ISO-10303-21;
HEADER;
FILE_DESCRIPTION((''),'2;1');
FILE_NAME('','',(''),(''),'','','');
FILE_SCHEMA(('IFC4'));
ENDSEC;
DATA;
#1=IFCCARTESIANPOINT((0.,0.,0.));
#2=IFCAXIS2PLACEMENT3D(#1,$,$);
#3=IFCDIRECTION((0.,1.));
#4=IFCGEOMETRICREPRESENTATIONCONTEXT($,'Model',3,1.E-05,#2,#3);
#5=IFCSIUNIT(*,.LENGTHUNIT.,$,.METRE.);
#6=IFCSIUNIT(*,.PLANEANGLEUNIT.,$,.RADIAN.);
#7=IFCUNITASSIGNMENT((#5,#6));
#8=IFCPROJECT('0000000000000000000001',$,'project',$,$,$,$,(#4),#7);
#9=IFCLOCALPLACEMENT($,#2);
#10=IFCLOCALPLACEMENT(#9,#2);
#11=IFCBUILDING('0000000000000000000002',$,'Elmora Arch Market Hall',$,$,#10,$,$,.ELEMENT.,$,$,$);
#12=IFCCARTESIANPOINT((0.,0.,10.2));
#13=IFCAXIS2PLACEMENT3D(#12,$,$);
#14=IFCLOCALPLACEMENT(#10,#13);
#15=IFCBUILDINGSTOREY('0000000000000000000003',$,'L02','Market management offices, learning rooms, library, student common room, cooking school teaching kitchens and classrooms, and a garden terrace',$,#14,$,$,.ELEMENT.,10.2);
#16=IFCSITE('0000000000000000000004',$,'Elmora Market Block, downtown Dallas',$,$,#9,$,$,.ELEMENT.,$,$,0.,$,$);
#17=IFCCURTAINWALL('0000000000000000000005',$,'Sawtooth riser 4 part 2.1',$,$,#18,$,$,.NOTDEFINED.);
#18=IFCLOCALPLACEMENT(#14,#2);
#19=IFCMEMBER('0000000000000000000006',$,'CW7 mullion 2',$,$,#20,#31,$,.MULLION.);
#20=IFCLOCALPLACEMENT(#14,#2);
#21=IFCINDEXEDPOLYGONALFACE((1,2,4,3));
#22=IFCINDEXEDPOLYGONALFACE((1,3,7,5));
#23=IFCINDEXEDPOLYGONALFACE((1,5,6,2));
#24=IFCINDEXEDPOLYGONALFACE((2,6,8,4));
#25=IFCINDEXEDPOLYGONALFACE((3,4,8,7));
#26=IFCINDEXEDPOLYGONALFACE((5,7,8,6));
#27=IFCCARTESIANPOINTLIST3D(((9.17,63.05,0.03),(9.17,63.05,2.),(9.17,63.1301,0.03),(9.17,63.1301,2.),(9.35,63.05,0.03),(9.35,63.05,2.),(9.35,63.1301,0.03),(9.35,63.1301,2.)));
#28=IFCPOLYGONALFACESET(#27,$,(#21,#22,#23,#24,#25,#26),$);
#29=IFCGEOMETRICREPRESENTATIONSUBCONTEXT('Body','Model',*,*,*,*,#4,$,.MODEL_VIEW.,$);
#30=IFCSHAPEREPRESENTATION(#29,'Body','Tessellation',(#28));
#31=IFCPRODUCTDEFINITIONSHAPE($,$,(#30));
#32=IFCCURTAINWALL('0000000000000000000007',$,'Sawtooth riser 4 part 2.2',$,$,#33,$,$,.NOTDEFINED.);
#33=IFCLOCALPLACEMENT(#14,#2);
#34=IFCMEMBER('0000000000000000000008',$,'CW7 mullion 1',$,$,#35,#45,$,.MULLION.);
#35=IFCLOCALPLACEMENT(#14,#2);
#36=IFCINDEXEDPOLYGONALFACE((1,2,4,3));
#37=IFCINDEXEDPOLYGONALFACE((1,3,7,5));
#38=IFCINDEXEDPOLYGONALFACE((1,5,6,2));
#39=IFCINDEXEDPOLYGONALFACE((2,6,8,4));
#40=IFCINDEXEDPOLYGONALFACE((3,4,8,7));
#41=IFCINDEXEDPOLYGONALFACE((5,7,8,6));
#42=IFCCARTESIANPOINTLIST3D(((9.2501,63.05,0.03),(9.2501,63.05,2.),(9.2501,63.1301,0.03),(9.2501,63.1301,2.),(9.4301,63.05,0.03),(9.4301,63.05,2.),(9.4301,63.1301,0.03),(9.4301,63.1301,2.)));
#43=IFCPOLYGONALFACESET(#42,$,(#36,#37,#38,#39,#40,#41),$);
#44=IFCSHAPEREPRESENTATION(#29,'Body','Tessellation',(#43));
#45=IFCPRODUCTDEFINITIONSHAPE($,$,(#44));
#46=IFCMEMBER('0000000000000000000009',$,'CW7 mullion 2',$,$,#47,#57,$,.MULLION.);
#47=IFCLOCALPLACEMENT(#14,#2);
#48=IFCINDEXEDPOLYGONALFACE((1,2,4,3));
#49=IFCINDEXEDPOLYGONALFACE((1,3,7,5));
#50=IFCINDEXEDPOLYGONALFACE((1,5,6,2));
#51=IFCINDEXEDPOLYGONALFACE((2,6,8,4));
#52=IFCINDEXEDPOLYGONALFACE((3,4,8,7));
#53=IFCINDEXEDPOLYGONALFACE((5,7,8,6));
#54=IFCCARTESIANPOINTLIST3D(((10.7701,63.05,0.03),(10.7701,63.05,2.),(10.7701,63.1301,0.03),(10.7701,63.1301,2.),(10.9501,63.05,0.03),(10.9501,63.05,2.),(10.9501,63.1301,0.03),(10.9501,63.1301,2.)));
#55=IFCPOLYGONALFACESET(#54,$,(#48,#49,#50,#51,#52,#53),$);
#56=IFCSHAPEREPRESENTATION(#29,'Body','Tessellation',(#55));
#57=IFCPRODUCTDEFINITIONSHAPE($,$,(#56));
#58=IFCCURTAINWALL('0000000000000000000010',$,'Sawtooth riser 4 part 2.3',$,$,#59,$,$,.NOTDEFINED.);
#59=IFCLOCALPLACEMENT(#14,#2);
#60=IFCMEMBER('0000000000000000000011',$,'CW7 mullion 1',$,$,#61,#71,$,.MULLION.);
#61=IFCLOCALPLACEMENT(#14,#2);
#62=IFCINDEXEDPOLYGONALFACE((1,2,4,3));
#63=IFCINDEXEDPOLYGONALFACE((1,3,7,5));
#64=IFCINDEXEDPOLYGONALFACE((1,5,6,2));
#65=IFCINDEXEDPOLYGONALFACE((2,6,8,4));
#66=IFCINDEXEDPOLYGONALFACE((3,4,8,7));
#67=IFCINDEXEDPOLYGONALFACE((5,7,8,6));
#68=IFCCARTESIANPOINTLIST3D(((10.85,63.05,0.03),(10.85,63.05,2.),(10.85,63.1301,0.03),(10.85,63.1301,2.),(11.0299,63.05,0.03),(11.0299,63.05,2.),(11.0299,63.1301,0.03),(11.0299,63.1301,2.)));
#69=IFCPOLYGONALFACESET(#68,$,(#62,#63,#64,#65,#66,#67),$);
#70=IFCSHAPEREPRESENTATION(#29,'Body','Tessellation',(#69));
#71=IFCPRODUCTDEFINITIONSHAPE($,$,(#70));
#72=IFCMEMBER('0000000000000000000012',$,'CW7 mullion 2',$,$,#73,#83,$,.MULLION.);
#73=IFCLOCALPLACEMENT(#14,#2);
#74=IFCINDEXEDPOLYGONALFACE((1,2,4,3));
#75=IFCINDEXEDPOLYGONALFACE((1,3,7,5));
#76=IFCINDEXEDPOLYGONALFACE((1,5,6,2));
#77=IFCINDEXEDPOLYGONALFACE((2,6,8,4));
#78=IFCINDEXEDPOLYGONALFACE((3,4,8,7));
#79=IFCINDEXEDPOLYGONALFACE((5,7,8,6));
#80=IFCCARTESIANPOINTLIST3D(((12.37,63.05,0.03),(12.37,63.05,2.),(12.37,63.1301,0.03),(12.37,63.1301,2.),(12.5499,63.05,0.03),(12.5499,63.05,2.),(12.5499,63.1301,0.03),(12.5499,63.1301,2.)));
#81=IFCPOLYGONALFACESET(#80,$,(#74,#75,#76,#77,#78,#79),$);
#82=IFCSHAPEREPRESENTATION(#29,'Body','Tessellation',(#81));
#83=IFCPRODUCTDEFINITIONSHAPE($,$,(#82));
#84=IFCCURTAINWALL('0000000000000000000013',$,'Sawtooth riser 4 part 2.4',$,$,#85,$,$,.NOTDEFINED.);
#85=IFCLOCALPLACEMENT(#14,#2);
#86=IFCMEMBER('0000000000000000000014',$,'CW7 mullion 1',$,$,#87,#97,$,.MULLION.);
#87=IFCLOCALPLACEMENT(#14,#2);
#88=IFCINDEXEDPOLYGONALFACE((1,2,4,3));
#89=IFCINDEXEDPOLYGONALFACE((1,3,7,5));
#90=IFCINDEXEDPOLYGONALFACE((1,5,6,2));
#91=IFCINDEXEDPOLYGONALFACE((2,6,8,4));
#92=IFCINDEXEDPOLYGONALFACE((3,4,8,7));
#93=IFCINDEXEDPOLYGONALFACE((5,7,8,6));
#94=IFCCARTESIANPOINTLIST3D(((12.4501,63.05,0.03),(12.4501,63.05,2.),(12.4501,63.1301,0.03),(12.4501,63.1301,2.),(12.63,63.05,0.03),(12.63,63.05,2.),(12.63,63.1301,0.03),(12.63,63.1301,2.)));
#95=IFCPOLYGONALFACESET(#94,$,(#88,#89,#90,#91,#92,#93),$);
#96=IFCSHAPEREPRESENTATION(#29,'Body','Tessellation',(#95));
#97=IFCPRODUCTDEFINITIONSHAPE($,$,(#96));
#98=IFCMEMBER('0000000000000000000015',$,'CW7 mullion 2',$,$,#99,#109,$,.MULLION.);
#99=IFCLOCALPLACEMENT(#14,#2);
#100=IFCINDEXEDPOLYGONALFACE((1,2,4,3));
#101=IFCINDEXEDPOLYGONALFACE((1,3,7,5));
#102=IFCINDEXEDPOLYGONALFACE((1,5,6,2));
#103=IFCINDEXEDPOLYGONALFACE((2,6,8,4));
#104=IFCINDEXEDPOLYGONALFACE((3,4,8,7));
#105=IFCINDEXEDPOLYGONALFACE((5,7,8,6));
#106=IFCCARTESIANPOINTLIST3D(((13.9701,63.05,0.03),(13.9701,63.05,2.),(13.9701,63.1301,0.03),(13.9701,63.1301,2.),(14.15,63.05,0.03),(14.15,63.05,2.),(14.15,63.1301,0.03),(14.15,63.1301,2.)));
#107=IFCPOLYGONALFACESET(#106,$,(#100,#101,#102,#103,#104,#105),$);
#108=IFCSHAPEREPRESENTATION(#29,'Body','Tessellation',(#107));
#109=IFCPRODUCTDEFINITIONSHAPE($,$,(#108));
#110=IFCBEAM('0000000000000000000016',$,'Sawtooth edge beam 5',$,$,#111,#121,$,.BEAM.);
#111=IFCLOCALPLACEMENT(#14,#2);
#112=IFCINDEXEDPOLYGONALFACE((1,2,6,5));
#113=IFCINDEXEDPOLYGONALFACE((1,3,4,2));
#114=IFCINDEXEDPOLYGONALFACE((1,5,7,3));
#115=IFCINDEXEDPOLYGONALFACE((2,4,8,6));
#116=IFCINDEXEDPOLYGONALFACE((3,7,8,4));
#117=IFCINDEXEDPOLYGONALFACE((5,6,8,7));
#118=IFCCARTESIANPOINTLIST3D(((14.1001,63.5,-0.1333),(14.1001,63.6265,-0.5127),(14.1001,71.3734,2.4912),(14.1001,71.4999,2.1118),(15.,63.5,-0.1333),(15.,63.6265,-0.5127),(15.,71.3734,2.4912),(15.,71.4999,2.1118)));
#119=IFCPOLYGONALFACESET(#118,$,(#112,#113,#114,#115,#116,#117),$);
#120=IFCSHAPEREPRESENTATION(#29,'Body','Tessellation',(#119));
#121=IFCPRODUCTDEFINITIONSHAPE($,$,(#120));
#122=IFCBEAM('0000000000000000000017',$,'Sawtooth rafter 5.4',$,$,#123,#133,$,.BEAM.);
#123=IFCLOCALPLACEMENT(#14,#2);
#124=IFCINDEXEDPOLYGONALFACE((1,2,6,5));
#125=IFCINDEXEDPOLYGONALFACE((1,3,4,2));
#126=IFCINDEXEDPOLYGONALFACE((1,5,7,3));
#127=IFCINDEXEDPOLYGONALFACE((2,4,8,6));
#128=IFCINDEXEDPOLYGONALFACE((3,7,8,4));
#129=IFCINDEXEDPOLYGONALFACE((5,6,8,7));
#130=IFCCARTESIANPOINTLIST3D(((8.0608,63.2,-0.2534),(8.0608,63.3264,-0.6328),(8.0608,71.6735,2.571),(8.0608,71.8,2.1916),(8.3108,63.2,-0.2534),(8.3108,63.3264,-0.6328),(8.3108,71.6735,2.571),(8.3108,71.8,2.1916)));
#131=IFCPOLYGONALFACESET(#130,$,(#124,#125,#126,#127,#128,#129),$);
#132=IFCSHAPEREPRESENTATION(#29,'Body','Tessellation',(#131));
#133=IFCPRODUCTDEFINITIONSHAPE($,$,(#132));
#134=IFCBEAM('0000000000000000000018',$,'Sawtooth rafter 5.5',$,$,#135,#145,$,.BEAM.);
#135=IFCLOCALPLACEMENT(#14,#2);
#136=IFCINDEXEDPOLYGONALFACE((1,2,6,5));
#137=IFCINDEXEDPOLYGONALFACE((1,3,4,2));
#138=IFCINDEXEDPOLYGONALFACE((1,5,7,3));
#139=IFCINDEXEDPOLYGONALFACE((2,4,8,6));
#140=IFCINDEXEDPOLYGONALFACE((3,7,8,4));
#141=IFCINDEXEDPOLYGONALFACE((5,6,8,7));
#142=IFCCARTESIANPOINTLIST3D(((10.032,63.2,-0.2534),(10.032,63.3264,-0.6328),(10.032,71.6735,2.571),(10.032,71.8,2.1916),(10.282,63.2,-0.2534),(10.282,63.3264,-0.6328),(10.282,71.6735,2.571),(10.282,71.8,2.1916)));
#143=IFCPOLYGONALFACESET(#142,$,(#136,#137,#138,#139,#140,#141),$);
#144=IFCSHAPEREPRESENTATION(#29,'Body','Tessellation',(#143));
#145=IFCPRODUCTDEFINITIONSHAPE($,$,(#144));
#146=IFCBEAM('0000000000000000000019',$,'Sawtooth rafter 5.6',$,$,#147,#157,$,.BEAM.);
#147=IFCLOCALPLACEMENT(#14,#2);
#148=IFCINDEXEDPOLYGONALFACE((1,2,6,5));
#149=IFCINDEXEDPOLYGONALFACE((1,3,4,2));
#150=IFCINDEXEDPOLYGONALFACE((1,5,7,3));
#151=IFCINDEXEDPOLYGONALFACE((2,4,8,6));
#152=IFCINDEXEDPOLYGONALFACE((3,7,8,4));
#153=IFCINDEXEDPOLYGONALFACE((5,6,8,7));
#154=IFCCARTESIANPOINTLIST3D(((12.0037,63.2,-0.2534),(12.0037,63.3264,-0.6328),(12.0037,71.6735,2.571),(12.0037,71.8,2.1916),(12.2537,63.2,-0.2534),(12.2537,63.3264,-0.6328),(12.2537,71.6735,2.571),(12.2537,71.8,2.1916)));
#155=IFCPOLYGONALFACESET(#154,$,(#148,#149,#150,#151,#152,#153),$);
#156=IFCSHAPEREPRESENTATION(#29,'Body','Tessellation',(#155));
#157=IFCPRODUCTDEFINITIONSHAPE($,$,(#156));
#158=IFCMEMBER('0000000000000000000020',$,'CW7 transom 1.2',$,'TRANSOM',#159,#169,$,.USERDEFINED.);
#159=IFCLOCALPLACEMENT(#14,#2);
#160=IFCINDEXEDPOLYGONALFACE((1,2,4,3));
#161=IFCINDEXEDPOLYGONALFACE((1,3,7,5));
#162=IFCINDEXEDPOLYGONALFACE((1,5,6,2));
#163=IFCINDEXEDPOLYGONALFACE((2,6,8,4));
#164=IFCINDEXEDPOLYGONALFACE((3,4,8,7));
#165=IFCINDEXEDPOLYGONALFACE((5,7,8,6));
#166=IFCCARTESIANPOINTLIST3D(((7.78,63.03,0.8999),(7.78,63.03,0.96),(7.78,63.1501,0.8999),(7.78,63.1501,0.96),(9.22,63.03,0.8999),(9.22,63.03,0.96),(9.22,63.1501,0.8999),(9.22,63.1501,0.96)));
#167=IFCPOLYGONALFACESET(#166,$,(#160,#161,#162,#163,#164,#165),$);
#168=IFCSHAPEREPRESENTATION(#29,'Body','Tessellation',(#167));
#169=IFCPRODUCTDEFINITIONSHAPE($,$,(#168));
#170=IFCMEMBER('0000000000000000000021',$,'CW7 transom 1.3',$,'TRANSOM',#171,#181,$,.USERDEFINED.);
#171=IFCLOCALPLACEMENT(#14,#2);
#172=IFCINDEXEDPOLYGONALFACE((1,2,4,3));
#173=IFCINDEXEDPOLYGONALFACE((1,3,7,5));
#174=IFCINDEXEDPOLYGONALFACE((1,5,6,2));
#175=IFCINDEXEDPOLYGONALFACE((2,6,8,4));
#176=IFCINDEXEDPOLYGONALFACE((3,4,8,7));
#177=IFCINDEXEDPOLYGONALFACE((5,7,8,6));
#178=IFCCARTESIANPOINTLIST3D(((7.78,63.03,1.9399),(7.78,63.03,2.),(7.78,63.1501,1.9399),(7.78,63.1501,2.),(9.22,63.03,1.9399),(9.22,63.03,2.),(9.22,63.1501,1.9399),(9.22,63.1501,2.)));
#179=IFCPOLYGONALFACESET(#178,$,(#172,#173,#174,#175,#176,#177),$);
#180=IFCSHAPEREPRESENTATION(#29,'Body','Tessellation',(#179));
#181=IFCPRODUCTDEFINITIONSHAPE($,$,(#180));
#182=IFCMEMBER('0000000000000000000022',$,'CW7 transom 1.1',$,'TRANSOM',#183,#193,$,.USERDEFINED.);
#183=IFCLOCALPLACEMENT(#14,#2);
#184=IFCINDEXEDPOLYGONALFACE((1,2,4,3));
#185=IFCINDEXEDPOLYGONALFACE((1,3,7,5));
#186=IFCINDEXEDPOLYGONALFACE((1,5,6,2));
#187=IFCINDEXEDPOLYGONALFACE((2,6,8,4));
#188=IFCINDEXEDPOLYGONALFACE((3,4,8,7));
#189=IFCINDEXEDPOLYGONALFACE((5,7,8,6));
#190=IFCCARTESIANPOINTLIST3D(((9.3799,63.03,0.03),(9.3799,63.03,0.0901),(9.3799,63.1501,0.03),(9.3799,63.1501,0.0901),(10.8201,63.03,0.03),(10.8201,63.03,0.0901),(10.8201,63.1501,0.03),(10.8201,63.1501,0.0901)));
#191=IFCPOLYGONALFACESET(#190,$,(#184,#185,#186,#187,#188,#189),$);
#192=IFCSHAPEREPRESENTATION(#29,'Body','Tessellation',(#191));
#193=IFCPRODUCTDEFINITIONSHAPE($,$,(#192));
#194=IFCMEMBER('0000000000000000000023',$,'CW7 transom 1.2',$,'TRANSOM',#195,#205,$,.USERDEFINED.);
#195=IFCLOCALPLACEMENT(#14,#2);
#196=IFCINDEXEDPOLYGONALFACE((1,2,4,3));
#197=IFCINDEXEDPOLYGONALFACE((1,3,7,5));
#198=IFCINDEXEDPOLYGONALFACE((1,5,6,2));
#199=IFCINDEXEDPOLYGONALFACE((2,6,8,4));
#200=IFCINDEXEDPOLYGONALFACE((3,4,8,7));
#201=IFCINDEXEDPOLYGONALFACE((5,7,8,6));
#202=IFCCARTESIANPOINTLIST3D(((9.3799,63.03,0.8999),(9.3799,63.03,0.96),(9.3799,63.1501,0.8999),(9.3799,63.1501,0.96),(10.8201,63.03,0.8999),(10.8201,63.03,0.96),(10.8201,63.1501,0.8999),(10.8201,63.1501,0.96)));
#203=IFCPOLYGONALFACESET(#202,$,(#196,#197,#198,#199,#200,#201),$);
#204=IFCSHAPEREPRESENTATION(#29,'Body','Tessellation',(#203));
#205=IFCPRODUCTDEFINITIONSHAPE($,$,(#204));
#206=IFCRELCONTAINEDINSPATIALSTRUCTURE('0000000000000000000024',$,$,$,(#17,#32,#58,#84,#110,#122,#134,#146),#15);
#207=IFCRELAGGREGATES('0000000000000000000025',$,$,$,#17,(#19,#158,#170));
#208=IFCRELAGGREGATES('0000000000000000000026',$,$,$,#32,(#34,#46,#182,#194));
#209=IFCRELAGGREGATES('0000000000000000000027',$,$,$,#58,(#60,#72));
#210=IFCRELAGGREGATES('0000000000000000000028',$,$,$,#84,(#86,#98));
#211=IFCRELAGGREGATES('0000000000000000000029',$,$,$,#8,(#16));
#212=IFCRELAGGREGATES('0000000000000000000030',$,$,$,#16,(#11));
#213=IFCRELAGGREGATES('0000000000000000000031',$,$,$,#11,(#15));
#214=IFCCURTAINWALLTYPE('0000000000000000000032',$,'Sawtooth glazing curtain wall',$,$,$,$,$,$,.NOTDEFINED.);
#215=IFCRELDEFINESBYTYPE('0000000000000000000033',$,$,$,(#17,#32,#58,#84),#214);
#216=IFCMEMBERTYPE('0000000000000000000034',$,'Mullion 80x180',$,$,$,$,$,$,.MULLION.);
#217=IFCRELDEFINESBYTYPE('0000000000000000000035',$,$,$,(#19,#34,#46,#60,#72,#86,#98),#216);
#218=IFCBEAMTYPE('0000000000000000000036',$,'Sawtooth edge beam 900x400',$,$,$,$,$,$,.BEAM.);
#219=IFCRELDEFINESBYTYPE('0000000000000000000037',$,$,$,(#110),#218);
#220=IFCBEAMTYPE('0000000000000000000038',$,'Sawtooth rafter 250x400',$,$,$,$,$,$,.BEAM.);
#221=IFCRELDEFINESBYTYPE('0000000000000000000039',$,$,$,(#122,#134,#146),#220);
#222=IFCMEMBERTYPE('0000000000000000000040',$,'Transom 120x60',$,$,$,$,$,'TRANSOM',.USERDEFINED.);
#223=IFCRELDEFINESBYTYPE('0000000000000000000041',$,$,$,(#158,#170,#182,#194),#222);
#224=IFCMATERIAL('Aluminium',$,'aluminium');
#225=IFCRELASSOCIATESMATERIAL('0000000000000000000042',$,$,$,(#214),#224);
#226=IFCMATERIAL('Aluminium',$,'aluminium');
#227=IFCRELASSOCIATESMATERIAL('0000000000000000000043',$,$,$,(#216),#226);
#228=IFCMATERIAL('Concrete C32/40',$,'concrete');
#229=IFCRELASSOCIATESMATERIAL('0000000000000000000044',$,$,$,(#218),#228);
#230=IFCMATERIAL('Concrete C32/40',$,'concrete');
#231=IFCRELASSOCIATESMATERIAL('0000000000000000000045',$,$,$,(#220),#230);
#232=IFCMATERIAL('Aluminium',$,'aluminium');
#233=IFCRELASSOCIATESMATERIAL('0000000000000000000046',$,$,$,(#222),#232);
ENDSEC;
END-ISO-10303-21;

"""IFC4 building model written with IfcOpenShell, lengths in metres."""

from ifc_helpers import new_model, si_unit, direction, frame, origin, origin_2d, place, context, subcontext, project, spatial, rectangle, extrude, material, material_profile, profile_set, type_object, element, aggregate, save


model = new_model("IFC4")

# Units and contexts
model_context = context("Model", 3, precision=1e-05, world=origin(), true_north=direction((0.0, 1.0)))
body_context = subcontext(model_context, "Body", "Model", "MODEL_VIEW")
ifc_project = project(units=[si_unit("LENGTHUNIT", "METRE"), si_unit("PLANEANGLEUNIT", "RADIAN")], contexts=[model_context])

# Site, building, storey
site_placement = place(None, origin())
site = spatial("IfcSite", under=ifc_project, at=site_placement, Name="Elmora Market Block, downtown Dallas", CompositionType="ELEMENT", RefElevation=0.0)
building_placement = place(site_placement, origin())
building = spatial("IfcBuilding", under=site, at=building_placement, Name="Elmora Arch Market Hall", CompositionType="ELEMENT")
storey_placement = place(building_placement, frame((0.0, 0.0, 10.2)))
storey = spatial("IfcBuildingStorey", under=building, at=storey_placement, Name="L02", Description="Market management offices, learning rooms, library, student common room, cooking school teaching kitchens and classrooms, and a garden terrace", CompositionType="ELEMENT", Elevation=10.2)

# Curtain wall, member
ifc_material_1 = material(Name="Aluminium", Category="aluminium")
curtain_wall_type = type_object("IfcCurtainWallType", Name="Sawtooth glazing curtain wall", PredefinedType="NOTDEFINED", material=ifc_material_1)
curtain_wall_1_placement = place(storey_placement, origin())
curtain_wall_1 = element("IfcCurtainWall", 1, at=curtain_wall_1_placement, inside=storey, type_object=curtain_wall_type, Name="Sawtooth riser 4 part 2.1", PredefinedType="NOTDEFINED")
ifc_material_2 = material(Name="Aluminium", Category="aluminium")
ifc_material_profile_1 = material_profile(ifc_material_2, rectangle(XDim=0.0801, YDim=0.1799, at=origin_2d()), Name="AL 80x180")
ifc_profile_set_1 = profile_set([ifc_material_profile_1], Name="Aluminium")
member_type_1 = type_object("IfcMemberType", Name="Mullion 80x180", PredefinedType="MULLION", material=ifc_profile_set_1)
member_1_placement = place(storey_placement, frame((9.26, 63.0901, 0.03), z_axis=(0.0, 0.0, 1.0), x_axis=(0.0, 1.0, 0.0)))
member_1 = element("IfcMember", 2, at=member_1_placement, type_object=member_type_1, Name="CW7 mullion 2", PredefinedType="MULLION", context=body_context, shape_type="SweptSolid", body=[
    extrude(rectangle(XDim=0.0801, YDim=0.1799, at=origin_2d()), origin(), (0.0, 0.0, 1.0), 1.97),
])

# Curtain walls, members
curtain_wall_2_placement = place(storey_placement, origin())
curtain_wall_2 = element("IfcCurtainWall", 3, at=curtain_wall_2_placement, inside=storey, type_object=curtain_wall_type, Name="Sawtooth riser 4 part 2.2", PredefinedType="NOTDEFINED")
member_2_placement = place(storey_placement, frame((9.3401, 63.0901, 0.03), z_axis=(0.0, 0.0, 1.0), x_axis=(0.0, 1.0, 0.0)))
member_2 = element("IfcMember", 4, at=member_2_placement, type_object=member_type_1, Name="CW7 mullion 1", PredefinedType="MULLION", context=body_context, shape_type="SweptSolid", body=[
    extrude(rectangle(XDim=0.0801, YDim=0.1799, at=origin_2d()), origin(), (0.0, 0.0, 1.0), 1.97),
])
member_3_placement = place(storey_placement, frame((10.8601, 63.0901, 0.03), z_axis=(0.0, 0.0, 1.0), x_axis=(0.0, 1.0, 0.0)))
member_3 = element("IfcMember", 5, at=member_3_placement, type_object=member_type_1, Name="CW7 mullion 2", PredefinedType="MULLION", context=body_context, shape_type="SweptSolid", body=[
    extrude(rectangle(XDim=0.0801, YDim=0.1799, at=origin_2d()), origin(), (0.0, 0.0, 1.0), 1.97),
])
curtain_wall_3_placement = place(storey_placement, origin())
curtain_wall_3 = element("IfcCurtainWall", 6, at=curtain_wall_3_placement, inside=storey, type_object=curtain_wall_type, Name="Sawtooth riser 4 part 2.3", PredefinedType="NOTDEFINED")
member_4_placement = place(storey_placement, frame((10.9399, 63.0901, 0.03), z_axis=(0.0, 0.0, 1.0), x_axis=(0.0, 1.0, 0.0)))
member_4 = element("IfcMember", 7, at=member_4_placement, type_object=member_type_1, Name="CW7 mullion 1", PredefinedType="MULLION", context=body_context, shape_type="SweptSolid", body=[
    extrude(rectangle(XDim=0.0801, YDim=0.1799, at=origin_2d()), origin(), (0.0, 0.0, 1.0), 1.97),
])
member_5_placement = place(storey_placement, frame((12.46, 63.0901, 0.03), z_axis=(0.0, 0.0, 1.0), x_axis=(0.0, 1.0, 0.0)))
member_5 = element("IfcMember", 8, at=member_5_placement, type_object=member_type_1, Name="CW7 mullion 2", PredefinedType="MULLION", context=body_context, shape_type="SweptSolid", body=[
    extrude(rectangle(XDim=0.0801, YDim=0.1799, at=origin_2d()), origin(), (0.0, 0.0, 1.0), 1.97),
])
curtain_wall_4_placement = place(storey_placement, origin())
curtain_wall_4 = element("IfcCurtainWall", 9, at=curtain_wall_4_placement, inside=storey, type_object=curtain_wall_type, Name="Sawtooth riser 4 part 2.4", PredefinedType="NOTDEFINED")
member_6_placement = place(storey_placement, frame((12.54, 63.0901, 0.03), z_axis=(0.0, 0.0, 1.0), x_axis=(0.0, 1.0, 0.0)))
member_6 = element("IfcMember", 10, at=member_6_placement, type_object=member_type_1, Name="CW7 mullion 1", PredefinedType="MULLION", context=body_context, shape_type="SweptSolid", body=[
    extrude(rectangle(XDim=0.0801, YDim=0.1799, at=origin_2d()), origin(), (0.0, 0.0, 1.0), 1.97),
])
member_7_placement = place(storey_placement, frame((14.0601, 63.0901, 0.03), z_axis=(0.0, 0.0, 1.0), x_axis=(0.0, 1.0, 0.0)))
member_7 = element("IfcMember", 11, at=member_7_placement, type_object=member_type_1, Name="CW7 mullion 2", PredefinedType="MULLION", context=body_context, shape_type="SweptSolid", body=[
    extrude(rectangle(XDim=0.0801, YDim=0.1799, at=origin_2d()), origin(), (0.0, 0.0, 1.0), 1.97),
])

# Beams
ifc_material_3 = material(Name="Concrete C32/40", Category="concrete")
ifc_material_profile_2 = material_profile(ifc_material_3, rectangle(XDim=0.8999, YDim=0.3999, at=origin_2d()), Name="Sawtooth edge beam 900x400")
ifc_profile_set_2 = profile_set([ifc_material_profile_2], Name="Concrete C32/40")
beam_type_1 = type_object("IfcBeamType", Name="Sawtooth edge beam 900x400", PredefinedType="BEAM", material=ifc_profile_set_2)
beam_placement = place(storey_placement, frame((14.55, 63.5632, -0.323), z_axis=(0.0, 0.948683, 0.316228), x_axis=(-1.0, 0.0, 0.0)))
element("IfcBeam", 12, at=beam_placement, inside=storey, type_object=beam_type_1, Name="Sawtooth edge beam 5", PredefinedType="BEAM", context=body_context, shape_type="SweptSolid", body=[
    extrude(rectangle(XDim=0.8999, YDim=0.3999, at=origin_2d()), origin(), (0.0, 0.0, 1.0), 8.2993),
])
ifc_material_4 = material(Name="Concrete C32/40", Category="concrete")
ifc_material_profile_3 = material_profile(ifc_material_4, rectangle(XDim=0.25, YDim=0.3999, at=origin_2d()), Name="Sawtooth rafter 250x400")
ifc_profile_set_3 = profile_set([ifc_material_profile_3], Name="Concrete C32/40")
beam_type_2 = type_object("IfcBeamType", Name="Sawtooth rafter 250x400", PredefinedType="BEAM", material=ifc_profile_set_3)
for number, where, z_axis, x_axis, name in (
    (13, (8.1858, 63.2632, -0.4431), (0.0, 0.948686, 0.31622), (-1.0, 0.0, 0.0), "Sawtooth rafter 5.4"),
    (14, (10.157, 63.2632, -0.4431), (0.0, 0.948686, 0.31622), (-1.0, 0.0, 0.0), "Sawtooth rafter 5.5"),
    (15, (12.1287, 63.2632, -0.4431), (0.0, 0.948686, 0.31622), (-1.0, 0.0, 0.0), "Sawtooth rafter 5.6"),
):
    element("IfcBeam", number, at=place(storey_placement, frame(where, z_axis=z_axis, x_axis=x_axis)), inside=storey, type_object=beam_type_2, Name=name, PredefinedType="BEAM", context=body_context, shape_type="SweptSolid", body=[
        extrude(rectangle(XDim=0.25, YDim=0.3999, at=origin_2d()), origin(), (0.0, 0.0, 1.0), 8.9319),
    ])

# Members
ifc_material_5 = material(Name="Aluminium", Category="aluminium")
ifc_material_profile_4 = material_profile(ifc_material_5, rectangle(XDim=0.1201, YDim=0.0601, at=origin_2d()), Name="AL 120x60")
ifc_profile_set_4 = profile_set([ifc_material_profile_4], Name="Aluminium")
member_type_2 = type_object("IfcMemberType", Name="Transom 120x60", ElementType="TRANSOM", PredefinedType="USERDEFINED", material=ifc_profile_set_4)
member_8_placement = place(storey_placement, frame((7.78, 63.0901, 0.9299), z_axis=(1.0, 0.0, 0.0), x_axis=(0.0, 1.0, 0.0)))
member_8 = element("IfcMember", 16, at=member_8_placement, type_object=member_type_2, Name="CW7 transom 1.2", ObjectType="TRANSOM", PredefinedType="USERDEFINED", context=body_context, shape_type="SweptSolid", body=[
    extrude(rectangle(XDim=0.1201, YDim=0.0601, at=origin_2d()), origin(), (0.0, 0.0, 1.0), 1.4399),
])
member_9_placement = place(storey_placement, frame((7.78, 63.0901, 1.97), z_axis=(1.0, 0.0, 0.0), x_axis=(0.0, 1.0, 0.0)))
member_9 = element("IfcMember", 17, at=member_9_placement, type_object=member_type_2, Name="CW7 transom 1.3", ObjectType="TRANSOM", PredefinedType="USERDEFINED", context=body_context, shape_type="SweptSolid", body=[
    extrude(rectangle(XDim=0.1201, YDim=0.0601, at=origin_2d()), origin(), (0.0, 0.0, 1.0), 1.4399),
])
member_10_placement = place(storey_placement, frame((9.3799, 63.0901, 0.0601), z_axis=(1.0, 0.0, 0.0), x_axis=(0.0, 1.0, 0.0)))
member_10 = element("IfcMember", 18, at=member_10_placement, type_object=member_type_2, Name="CW7 transom 1.1", ObjectType="TRANSOM", PredefinedType="USERDEFINED", context=body_context, shape_type="SweptSolid", body=[
    extrude(rectangle(XDim=0.1201, YDim=0.0601, at=origin_2d()), origin(), (0.0, 0.0, 1.0), 1.4402),
])
member_11_placement = place(storey_placement, frame((9.3799, 63.0901, 0.9299), z_axis=(1.0, 0.0, 0.0), x_axis=(0.0, 1.0, 0.0)))
member_11 = element("IfcMember", 19, at=member_11_placement, type_object=member_type_2, Name="CW7 transom 1.2", ObjectType="TRANSOM", PredefinedType="USERDEFINED", context=body_context, shape_type="SweptSolid", body=[
    extrude(rectangle(XDim=0.1201, YDim=0.0601, at=origin_2d()), origin(), (0.0, 0.0, 1.0), 1.4402),
])

aggregate(curtain_wall_1, [member_1, member_8, member_9])
aggregate(curtain_wall_2, [member_2, member_3, member_10, member_11])
aggregate(curtain_wall_3, [member_4, member_5])
aggregate(curtain_wall_4, [member_6, member_7])

save(model, "model.ifc")
